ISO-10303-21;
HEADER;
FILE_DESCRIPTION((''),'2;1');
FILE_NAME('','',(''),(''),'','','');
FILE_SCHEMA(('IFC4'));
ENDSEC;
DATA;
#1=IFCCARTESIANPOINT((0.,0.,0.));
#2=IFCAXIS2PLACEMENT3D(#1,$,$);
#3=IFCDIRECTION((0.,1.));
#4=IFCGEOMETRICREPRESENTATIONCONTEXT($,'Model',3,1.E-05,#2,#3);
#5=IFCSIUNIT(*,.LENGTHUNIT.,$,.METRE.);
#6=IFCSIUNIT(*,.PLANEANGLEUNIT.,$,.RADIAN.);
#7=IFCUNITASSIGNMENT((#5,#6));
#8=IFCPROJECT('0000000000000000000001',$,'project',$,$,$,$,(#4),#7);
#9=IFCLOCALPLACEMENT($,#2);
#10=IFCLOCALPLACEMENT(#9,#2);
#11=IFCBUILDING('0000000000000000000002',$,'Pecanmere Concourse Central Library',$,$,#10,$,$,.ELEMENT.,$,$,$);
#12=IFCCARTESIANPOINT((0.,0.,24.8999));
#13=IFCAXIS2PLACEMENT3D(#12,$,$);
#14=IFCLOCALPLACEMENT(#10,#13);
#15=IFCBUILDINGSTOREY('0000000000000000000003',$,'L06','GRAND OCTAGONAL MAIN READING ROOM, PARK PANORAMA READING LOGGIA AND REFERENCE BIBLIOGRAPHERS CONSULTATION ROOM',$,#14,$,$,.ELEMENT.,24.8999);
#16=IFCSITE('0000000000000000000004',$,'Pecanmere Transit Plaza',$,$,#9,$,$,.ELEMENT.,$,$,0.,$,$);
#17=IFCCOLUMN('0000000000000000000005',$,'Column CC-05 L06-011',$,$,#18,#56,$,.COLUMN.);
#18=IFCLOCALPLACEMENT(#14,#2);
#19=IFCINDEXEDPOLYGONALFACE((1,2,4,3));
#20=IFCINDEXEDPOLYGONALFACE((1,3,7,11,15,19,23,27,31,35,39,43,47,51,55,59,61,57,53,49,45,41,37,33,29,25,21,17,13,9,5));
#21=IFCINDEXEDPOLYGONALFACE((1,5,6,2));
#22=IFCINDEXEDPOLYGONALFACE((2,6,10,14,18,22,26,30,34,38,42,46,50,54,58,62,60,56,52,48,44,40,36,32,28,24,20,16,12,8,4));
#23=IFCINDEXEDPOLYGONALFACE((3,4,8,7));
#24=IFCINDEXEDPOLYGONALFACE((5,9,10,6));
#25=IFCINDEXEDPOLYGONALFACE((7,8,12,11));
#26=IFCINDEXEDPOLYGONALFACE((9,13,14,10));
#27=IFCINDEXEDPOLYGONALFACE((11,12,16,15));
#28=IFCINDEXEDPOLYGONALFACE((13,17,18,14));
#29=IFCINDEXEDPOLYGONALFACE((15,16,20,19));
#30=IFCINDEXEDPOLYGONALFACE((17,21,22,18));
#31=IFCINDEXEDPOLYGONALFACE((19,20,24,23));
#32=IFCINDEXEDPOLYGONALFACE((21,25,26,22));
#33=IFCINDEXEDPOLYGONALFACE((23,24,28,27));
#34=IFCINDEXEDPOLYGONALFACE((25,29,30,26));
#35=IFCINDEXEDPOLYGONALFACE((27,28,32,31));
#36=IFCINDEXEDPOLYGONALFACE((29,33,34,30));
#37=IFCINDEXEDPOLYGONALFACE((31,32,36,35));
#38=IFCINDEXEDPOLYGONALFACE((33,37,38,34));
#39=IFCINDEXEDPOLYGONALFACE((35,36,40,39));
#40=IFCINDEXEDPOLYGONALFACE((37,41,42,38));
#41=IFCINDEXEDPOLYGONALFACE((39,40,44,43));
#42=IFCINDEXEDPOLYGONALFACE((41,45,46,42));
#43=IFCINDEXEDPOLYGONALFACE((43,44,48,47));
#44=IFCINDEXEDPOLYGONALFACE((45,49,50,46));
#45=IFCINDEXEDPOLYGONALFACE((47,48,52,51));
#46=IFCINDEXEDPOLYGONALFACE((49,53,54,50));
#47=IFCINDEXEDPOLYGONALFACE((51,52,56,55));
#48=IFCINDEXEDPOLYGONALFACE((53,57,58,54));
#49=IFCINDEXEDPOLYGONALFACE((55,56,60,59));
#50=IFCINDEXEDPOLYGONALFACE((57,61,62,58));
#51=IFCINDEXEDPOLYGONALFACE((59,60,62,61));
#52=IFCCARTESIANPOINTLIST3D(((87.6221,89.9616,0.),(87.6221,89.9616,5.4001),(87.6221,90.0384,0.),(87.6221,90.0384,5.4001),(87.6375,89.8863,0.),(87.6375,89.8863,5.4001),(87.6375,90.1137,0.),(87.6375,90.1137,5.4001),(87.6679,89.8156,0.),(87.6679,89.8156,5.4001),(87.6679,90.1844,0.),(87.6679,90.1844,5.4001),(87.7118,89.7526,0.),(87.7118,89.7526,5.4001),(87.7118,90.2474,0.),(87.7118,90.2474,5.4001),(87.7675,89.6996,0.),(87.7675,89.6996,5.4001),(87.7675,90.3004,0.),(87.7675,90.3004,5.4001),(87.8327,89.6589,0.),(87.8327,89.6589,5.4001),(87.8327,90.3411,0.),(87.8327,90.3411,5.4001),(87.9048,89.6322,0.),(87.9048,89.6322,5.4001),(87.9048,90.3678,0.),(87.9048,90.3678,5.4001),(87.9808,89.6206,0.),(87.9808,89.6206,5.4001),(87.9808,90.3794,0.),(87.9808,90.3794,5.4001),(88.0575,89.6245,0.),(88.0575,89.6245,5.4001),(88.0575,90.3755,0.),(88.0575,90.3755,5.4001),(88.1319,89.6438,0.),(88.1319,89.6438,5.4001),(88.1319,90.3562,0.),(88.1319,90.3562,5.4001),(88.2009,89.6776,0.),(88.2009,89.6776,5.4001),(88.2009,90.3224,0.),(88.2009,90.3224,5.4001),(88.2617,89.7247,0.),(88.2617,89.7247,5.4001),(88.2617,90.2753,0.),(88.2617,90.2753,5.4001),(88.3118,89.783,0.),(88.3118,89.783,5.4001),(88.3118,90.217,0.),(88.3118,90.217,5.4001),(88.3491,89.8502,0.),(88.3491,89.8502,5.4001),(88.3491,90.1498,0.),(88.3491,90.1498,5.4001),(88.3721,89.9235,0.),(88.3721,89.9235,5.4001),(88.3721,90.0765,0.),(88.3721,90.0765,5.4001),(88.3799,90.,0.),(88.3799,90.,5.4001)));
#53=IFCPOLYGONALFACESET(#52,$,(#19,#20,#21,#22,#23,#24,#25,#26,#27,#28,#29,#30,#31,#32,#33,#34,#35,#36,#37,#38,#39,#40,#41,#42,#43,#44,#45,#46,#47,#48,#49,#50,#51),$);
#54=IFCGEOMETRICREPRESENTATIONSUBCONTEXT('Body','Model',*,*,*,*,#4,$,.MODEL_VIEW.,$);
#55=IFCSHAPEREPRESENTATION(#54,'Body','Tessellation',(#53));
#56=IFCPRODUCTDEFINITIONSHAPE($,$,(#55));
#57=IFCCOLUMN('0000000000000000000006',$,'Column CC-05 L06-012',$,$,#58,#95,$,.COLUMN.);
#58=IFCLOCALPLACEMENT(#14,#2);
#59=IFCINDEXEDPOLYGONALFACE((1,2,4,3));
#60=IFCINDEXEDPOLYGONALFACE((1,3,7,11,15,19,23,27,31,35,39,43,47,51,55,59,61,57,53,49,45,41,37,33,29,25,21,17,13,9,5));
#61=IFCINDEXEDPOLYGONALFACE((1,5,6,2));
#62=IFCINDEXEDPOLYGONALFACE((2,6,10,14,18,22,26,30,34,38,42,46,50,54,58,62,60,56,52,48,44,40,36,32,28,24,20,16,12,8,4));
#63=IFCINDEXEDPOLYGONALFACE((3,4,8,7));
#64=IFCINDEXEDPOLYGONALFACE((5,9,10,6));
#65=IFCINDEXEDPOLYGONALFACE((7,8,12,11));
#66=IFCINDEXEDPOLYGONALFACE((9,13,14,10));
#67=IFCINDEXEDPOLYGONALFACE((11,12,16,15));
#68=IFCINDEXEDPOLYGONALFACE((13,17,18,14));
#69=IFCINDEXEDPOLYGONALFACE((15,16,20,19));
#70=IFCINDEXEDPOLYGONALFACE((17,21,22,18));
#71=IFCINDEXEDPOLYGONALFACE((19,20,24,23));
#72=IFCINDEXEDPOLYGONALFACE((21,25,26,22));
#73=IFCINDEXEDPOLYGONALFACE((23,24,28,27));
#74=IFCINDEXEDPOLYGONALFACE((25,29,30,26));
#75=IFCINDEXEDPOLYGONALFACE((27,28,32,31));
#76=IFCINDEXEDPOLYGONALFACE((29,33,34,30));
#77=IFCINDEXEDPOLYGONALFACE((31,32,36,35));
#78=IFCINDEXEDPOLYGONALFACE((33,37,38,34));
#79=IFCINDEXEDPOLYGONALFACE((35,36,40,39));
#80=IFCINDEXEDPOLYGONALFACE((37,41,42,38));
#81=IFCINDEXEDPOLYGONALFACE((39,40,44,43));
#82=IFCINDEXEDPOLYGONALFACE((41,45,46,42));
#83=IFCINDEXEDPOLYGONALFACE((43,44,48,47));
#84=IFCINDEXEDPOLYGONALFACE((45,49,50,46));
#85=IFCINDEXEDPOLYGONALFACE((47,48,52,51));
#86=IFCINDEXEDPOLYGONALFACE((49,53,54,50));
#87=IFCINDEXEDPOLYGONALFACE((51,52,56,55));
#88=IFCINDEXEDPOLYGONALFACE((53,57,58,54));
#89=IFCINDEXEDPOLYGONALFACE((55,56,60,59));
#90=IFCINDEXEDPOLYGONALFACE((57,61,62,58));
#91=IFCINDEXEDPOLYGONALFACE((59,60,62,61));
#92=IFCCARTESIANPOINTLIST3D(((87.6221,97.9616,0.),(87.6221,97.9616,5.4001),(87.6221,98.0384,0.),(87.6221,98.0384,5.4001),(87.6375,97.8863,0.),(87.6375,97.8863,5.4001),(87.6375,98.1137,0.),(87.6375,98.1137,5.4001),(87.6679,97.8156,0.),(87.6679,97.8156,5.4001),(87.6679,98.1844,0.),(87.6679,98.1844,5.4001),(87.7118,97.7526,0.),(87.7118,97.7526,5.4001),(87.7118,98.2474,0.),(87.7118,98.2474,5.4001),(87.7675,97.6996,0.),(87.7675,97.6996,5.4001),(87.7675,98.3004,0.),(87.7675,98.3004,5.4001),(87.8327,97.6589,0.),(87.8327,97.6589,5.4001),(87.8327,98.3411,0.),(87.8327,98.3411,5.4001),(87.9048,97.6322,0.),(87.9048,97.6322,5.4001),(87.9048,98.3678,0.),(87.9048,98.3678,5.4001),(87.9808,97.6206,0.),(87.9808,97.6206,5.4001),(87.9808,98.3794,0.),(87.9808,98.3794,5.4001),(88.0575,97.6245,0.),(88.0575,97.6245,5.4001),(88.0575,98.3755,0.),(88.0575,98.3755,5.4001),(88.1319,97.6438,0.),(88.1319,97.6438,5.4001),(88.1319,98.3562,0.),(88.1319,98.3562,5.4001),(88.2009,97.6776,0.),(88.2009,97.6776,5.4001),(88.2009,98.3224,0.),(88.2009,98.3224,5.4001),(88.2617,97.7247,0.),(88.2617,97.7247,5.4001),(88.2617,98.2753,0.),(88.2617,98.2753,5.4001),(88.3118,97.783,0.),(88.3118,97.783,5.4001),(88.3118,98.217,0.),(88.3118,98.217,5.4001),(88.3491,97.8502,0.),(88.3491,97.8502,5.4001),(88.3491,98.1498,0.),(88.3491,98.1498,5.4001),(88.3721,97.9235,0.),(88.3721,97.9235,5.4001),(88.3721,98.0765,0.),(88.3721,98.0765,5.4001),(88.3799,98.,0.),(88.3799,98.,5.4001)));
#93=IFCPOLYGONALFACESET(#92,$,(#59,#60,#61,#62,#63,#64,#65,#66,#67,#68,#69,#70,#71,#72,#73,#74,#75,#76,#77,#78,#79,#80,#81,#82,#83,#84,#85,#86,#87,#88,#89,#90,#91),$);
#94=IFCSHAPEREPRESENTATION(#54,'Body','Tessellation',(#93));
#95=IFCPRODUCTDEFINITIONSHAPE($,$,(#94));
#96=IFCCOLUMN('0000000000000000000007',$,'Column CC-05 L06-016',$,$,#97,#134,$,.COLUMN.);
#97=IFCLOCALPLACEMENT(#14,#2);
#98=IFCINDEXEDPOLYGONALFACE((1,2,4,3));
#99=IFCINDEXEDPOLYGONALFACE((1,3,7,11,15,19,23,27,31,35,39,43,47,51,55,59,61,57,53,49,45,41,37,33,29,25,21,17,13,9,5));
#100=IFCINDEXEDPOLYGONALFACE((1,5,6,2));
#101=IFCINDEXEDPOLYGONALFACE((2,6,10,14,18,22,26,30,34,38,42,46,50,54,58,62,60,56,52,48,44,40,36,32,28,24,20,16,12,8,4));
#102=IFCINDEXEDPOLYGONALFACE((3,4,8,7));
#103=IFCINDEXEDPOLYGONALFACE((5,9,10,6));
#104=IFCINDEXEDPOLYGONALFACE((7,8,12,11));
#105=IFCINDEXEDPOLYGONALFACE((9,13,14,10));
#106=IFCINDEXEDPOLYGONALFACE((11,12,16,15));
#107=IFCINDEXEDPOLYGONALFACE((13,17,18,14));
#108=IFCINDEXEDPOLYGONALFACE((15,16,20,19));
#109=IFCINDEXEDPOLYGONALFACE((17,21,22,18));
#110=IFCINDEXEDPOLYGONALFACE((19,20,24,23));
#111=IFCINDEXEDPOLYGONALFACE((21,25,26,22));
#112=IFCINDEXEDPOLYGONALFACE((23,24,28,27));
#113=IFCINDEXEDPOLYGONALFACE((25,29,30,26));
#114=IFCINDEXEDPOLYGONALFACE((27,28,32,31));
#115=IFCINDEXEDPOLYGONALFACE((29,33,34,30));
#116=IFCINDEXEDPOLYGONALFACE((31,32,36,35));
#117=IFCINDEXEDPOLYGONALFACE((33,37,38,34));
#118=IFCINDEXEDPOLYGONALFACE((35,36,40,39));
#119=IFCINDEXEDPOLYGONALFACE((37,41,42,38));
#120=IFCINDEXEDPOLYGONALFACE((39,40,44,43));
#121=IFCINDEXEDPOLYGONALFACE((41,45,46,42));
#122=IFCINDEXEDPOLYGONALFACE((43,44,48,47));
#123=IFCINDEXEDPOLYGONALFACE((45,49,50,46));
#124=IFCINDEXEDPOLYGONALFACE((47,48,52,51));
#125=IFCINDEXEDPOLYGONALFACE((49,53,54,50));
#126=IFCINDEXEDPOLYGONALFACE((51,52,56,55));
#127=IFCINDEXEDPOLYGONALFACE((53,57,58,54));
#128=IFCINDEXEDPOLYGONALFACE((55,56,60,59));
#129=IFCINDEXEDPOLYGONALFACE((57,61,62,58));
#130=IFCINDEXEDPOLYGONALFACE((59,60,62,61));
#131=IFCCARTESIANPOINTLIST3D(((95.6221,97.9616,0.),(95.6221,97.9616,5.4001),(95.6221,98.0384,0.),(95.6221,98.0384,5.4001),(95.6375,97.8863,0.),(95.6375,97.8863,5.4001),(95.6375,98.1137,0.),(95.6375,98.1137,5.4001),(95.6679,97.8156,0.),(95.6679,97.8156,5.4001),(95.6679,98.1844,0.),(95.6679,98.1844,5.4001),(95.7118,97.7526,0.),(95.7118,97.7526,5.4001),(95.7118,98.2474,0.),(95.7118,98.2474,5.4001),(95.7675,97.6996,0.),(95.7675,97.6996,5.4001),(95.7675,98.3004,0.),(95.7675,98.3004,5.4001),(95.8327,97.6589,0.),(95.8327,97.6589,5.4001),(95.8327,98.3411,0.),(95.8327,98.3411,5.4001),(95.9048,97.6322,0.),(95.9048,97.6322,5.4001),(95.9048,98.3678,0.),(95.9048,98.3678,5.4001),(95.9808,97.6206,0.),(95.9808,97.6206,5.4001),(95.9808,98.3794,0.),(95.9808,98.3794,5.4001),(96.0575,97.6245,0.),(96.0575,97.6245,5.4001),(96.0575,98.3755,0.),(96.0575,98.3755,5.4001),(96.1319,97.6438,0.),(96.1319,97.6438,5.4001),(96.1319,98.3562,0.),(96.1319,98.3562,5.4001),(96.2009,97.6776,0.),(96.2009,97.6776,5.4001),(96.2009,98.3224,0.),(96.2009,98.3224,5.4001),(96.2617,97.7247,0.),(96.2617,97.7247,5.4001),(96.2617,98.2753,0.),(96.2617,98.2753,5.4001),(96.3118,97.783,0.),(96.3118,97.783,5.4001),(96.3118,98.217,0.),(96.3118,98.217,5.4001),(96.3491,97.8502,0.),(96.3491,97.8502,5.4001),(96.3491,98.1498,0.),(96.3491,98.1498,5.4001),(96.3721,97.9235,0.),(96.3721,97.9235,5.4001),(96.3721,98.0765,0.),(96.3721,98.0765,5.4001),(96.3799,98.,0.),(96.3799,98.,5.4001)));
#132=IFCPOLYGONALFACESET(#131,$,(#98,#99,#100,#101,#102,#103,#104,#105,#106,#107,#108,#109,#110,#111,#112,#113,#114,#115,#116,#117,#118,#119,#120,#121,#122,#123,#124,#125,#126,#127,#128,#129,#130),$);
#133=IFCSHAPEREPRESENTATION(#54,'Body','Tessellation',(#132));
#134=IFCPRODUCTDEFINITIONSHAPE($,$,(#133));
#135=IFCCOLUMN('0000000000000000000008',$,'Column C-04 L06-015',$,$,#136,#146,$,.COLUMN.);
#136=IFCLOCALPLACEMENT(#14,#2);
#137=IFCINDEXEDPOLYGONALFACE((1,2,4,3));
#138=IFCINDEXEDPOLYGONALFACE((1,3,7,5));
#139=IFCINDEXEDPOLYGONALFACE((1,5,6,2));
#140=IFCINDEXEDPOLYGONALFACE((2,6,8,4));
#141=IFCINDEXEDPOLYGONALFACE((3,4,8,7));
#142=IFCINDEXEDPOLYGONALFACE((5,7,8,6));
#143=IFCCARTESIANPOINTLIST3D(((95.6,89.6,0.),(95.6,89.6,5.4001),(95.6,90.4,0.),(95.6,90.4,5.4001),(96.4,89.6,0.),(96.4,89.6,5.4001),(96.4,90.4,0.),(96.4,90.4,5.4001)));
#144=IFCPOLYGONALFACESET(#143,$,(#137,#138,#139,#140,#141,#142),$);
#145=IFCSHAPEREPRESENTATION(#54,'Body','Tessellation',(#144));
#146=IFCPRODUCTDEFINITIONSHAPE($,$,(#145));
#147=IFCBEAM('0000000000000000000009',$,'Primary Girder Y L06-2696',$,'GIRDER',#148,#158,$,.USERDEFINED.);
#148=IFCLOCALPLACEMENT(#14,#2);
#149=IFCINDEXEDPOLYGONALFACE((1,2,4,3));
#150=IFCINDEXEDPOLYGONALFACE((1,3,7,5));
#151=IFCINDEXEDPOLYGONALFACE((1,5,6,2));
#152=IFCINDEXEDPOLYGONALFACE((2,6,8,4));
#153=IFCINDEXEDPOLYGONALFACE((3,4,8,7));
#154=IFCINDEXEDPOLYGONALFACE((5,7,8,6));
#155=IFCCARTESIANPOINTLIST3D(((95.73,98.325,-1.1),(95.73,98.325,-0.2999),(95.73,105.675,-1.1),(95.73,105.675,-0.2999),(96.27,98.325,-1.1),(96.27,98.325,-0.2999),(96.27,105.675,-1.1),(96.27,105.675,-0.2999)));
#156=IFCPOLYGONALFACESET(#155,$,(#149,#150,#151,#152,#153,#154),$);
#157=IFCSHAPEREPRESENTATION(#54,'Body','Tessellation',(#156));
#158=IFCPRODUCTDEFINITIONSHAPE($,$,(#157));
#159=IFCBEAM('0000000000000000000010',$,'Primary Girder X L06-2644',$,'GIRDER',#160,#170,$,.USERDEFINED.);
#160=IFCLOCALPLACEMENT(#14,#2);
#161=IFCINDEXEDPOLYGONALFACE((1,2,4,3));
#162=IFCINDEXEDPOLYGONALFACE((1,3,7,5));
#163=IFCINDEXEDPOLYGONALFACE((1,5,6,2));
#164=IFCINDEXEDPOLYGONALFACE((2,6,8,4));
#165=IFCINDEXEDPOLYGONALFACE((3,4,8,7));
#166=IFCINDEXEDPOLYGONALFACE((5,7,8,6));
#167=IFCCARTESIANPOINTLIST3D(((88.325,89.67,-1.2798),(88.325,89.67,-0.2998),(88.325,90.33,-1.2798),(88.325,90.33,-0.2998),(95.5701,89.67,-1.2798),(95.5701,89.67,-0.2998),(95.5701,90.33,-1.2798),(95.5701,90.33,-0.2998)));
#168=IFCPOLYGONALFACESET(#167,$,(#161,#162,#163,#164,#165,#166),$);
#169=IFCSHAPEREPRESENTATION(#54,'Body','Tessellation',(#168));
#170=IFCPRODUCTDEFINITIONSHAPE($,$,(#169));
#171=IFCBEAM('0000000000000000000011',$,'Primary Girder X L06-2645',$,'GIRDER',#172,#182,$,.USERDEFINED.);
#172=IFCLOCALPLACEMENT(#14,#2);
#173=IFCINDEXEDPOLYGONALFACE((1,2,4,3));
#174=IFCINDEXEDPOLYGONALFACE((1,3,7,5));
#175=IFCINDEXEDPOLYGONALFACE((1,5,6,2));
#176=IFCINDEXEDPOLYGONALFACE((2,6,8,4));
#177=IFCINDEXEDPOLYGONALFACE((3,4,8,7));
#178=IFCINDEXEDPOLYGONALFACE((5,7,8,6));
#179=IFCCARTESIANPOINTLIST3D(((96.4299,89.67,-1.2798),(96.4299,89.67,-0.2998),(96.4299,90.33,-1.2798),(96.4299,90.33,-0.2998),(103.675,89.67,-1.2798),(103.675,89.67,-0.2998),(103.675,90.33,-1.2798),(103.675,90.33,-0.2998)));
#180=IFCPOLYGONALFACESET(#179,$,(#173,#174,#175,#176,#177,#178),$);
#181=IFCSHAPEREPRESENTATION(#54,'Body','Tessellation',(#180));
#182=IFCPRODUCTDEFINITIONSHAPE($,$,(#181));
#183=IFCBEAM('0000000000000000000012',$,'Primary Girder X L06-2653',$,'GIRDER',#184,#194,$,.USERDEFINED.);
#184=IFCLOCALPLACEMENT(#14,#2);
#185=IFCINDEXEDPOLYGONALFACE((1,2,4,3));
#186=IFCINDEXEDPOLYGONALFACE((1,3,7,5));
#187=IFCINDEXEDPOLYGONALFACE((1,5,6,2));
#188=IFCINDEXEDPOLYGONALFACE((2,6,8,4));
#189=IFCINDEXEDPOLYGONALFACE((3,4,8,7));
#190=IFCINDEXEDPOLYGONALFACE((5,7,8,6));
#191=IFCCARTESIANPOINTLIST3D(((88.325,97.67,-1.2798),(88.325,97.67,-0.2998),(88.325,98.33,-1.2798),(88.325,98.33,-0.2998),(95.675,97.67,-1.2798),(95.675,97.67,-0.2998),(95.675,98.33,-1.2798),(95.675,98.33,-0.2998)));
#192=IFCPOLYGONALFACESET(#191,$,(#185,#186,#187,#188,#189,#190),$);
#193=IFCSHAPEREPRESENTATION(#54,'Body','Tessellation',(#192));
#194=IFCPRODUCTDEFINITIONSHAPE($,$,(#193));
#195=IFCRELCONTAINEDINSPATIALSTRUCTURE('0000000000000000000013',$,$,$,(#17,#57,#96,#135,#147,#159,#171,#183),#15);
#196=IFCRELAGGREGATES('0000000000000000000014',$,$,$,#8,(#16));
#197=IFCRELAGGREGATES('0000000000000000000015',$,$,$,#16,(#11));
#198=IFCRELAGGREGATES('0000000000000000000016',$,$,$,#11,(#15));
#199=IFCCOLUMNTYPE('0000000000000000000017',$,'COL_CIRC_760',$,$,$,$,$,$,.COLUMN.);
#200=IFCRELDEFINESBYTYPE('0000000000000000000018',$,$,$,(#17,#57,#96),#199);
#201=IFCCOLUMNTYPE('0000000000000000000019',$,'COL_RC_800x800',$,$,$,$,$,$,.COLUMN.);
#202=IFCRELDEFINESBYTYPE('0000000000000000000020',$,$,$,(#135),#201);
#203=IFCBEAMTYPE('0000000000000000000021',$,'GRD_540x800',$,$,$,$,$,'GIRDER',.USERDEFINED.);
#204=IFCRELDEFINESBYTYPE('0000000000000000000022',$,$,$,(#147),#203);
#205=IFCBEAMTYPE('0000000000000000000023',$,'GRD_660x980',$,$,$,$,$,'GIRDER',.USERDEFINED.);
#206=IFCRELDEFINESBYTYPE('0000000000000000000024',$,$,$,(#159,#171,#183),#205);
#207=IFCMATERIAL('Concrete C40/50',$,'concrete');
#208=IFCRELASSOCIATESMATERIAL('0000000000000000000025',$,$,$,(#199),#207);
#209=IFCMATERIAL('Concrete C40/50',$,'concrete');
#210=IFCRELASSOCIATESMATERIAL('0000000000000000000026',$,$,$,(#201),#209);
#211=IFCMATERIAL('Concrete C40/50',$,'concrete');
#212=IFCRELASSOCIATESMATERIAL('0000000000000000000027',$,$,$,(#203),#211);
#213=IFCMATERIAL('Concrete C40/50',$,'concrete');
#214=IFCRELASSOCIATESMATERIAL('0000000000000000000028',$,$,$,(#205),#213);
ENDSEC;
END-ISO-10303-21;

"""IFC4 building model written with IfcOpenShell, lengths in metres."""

from ifc_helpers import new_model, si_unit, direction, frame, origin, origin_2d, place, context, subcontext, project, spatial, rectangle, circle, extrude, material, material_profile, profile_set, type_object, element, save


model = new_model("IFC4")

# Units and contexts
model_context = context("Model", 3, precision=1e-05, world=origin(), true_north=direction((0.0, 1.0)))
body_context = subcontext(model_context, "Body", "Model", "MODEL_VIEW")
ifc_project = project(units=[si_unit("LENGTHUNIT", "METRE"), si_unit("PLANEANGLEUNIT", "RADIAN")], contexts=[model_context])

# Site, building, storey
site_placement = place(None, origin())
site = spatial("IfcSite", under=ifc_project, at=site_placement, Name="Pecanmere Transit Plaza", CompositionType="ELEMENT", RefElevation=0.0)
building_placement = place(site_placement, origin())
building = spatial("IfcBuilding", under=site, at=building_placement, Name="Pecanmere Concourse Central Library", CompositionType="ELEMENT")
storey_placement = place(building_placement, frame((0.0, 0.0, 24.8999)))
storey = spatial("IfcBuildingStorey", under=building, at=storey_placement, Name="L06", Description="GRAND OCTAGONAL MAIN READING ROOM, PARK PANORAMA READING LOGGIA AND REFERENCE BIBLIOGRAPHERS CONSULTATION ROOM", CompositionType="ELEMENT", Elevation=24.8999)

# Columns
ifc_material_1 = material(Name="Concrete C40/50", Category="concrete")
ifc_material_profile_1 = material_profile(ifc_material_1, circle(Radius=0.3799, at=origin_2d()), Name="RC D760")
ifc_profile_set_1 = profile_set([ifc_material_profile_1], Name="Concrete C40/50")
column_type_1 = type_object("IfcColumnType", Name="COL_CIRC_760", PredefinedType="COLUMN", material=ifc_profile_set_1)
for number, where, z_axis, x_axis, name in (
    (1, (88.0, 90.0, 0.0), (0.0, 0.0, 1.0), (1.0, 0.0, 0.0), "Column CC-05 L06-011"),
    (2, (88.0, 98.0, 0.0), (0.0, 0.0, 1.0), (1.0, 0.0, 0.0), "Column CC-05 L06-012"),
    (3, (96.0, 98.0, 0.0), (0.0, 0.0, 1.0), (1.0, 0.0, 0.0), "Column CC-05 L06-016"),
):
    element("IfcColumn", number, at=place(storey_placement, frame(where, z_axis=z_axis, x_axis=x_axis)), inside=storey, type_object=column_type_1, Name=name, PredefinedType="COLUMN", context=body_context, shape_type="SweptSolid", body=[
        extrude(circle(Radius=0.3799, at=origin_2d()), origin(), (0.0, 0.0, 1.0), 5.4001),
    ])
ifc_material_2 = material(Name="Concrete C40/50", Category="concrete")
ifc_material_profile_2 = material_profile(ifc_material_2, rectangle(XDim=0.8, YDim=0.8, at=origin_2d()), Name="RC 800x800")
ifc_profile_set_2 = profile_set([ifc_material_profile_2], Name="Concrete C40/50")
column_type_2 = type_object("IfcColumnType", Name="COL_RC_800x800", PredefinedType="COLUMN", material=ifc_profile_set_2)
column_placement = place(storey_placement, frame((96.0, 90.0, 0.0), z_axis=(0.0, 0.0, 1.0), x_axis=(1.0, 0.0, 0.0)))
element("IfcColumn", 4, at=column_placement, inside=storey, type_object=column_type_2, Name="Column C-04 L06-015", PredefinedType="COLUMN", context=body_context, shape_type="SweptSolid", body=[
    extrude(rectangle(XDim=0.8, YDim=0.8, at=origin_2d()), origin(), (0.0, 0.0, 1.0), 5.4001),
])

# Beams
ifc_material_3 = material(Name="Concrete C40/50", Category="concrete")
ifc_material_profile_3 = material_profile(ifc_material_3, rectangle(XDim=0.54, YDim=0.8, at=origin_2d()), Name="RC 540x800")
ifc_profile_set_3 = profile_set([ifc_material_profile_3], Name="Concrete C40/50")
beam_type_1 = type_object("IfcBeamType", Name="GRD_540x800", ElementType="GIRDER", PredefinedType="USERDEFINED", material=ifc_profile_set_3)
beam_1_placement = place(storey_placement, frame((96.0, 98.325, -0.7), z_axis=(0.0, 1.0, 0.0), x_axis=(-1.0, 0.0, 0.0)))
element("IfcBeam", 5, at=beam_1_placement, inside=storey, type_object=beam_type_1, Name="Primary Girder Y L06-2696", ObjectType="GIRDER", PredefinedType="USERDEFINED", context=body_context, shape_type="SweptSolid", body=[
    extrude(rectangle(XDim=0.54, YDim=0.8, at=origin_2d()), origin(), (0.0, 0.0, 1.0), 7.3501),
])
ifc_material_4 = material(Name="Concrete C40/50", Category="concrete")
ifc_material_profile_4 = material_profile(ifc_material_4, rectangle(XDim=0.6599, YDim=0.98, at=origin_2d()), Name="RC 660x980")
ifc_profile_set_4 = profile_set([ifc_material_profile_4], Name="Concrete C40/50")
beam_type_2 = type_object("IfcBeamType", Name="GRD_660x980", ElementType="GIRDER", PredefinedType="USERDEFINED", material=ifc_profile_set_4)
for number, where, z_axis, x_axis, name in (
    (6, (88.325, 90.0, -0.7898), (1.0, 0.0, 0.0), (0.0, 1.0, 0.0), "Primary Girder X L06-2644"),
    (7, (96.4299, 90.0, -0.7898), (1.0, 0.0, 0.0), (0.0, 1.0, 0.0), "Primary Girder X L06-2645"),
):
    element("IfcBeam", number, at=place(storey_placement, frame(where, z_axis=z_axis, x_axis=x_axis)), inside=storey, type_object=beam_type_2, Name=name, ObjectType="GIRDER", PredefinedType="USERDEFINED", context=body_context, shape_type="SweptSolid", body=[
        extrude(rectangle(XDim=0.6599, YDim=0.98, at=origin_2d()), origin(), (0.0, 0.0, 1.0), 7.2451),
    ])
beam_2_placement = place(storey_placement, frame((88.325, 98.0, -0.7898), z_axis=(1.0, 0.0, 0.0), x_axis=(0.0, 1.0, 0.0)))
element("IfcBeam", 8, at=beam_2_placement, inside=storey, type_object=beam_type_2, Name="Primary Girder X L06-2653", ObjectType="GIRDER", PredefinedType="USERDEFINED", context=body_context, shape_type="SweptSolid", body=[
    extrude(rectangle(XDim=0.6599, YDim=0.98, at=origin_2d()), origin(), (0.0, 0.0, 1.0), 7.3501),
])

save(model, "model.ifc")
